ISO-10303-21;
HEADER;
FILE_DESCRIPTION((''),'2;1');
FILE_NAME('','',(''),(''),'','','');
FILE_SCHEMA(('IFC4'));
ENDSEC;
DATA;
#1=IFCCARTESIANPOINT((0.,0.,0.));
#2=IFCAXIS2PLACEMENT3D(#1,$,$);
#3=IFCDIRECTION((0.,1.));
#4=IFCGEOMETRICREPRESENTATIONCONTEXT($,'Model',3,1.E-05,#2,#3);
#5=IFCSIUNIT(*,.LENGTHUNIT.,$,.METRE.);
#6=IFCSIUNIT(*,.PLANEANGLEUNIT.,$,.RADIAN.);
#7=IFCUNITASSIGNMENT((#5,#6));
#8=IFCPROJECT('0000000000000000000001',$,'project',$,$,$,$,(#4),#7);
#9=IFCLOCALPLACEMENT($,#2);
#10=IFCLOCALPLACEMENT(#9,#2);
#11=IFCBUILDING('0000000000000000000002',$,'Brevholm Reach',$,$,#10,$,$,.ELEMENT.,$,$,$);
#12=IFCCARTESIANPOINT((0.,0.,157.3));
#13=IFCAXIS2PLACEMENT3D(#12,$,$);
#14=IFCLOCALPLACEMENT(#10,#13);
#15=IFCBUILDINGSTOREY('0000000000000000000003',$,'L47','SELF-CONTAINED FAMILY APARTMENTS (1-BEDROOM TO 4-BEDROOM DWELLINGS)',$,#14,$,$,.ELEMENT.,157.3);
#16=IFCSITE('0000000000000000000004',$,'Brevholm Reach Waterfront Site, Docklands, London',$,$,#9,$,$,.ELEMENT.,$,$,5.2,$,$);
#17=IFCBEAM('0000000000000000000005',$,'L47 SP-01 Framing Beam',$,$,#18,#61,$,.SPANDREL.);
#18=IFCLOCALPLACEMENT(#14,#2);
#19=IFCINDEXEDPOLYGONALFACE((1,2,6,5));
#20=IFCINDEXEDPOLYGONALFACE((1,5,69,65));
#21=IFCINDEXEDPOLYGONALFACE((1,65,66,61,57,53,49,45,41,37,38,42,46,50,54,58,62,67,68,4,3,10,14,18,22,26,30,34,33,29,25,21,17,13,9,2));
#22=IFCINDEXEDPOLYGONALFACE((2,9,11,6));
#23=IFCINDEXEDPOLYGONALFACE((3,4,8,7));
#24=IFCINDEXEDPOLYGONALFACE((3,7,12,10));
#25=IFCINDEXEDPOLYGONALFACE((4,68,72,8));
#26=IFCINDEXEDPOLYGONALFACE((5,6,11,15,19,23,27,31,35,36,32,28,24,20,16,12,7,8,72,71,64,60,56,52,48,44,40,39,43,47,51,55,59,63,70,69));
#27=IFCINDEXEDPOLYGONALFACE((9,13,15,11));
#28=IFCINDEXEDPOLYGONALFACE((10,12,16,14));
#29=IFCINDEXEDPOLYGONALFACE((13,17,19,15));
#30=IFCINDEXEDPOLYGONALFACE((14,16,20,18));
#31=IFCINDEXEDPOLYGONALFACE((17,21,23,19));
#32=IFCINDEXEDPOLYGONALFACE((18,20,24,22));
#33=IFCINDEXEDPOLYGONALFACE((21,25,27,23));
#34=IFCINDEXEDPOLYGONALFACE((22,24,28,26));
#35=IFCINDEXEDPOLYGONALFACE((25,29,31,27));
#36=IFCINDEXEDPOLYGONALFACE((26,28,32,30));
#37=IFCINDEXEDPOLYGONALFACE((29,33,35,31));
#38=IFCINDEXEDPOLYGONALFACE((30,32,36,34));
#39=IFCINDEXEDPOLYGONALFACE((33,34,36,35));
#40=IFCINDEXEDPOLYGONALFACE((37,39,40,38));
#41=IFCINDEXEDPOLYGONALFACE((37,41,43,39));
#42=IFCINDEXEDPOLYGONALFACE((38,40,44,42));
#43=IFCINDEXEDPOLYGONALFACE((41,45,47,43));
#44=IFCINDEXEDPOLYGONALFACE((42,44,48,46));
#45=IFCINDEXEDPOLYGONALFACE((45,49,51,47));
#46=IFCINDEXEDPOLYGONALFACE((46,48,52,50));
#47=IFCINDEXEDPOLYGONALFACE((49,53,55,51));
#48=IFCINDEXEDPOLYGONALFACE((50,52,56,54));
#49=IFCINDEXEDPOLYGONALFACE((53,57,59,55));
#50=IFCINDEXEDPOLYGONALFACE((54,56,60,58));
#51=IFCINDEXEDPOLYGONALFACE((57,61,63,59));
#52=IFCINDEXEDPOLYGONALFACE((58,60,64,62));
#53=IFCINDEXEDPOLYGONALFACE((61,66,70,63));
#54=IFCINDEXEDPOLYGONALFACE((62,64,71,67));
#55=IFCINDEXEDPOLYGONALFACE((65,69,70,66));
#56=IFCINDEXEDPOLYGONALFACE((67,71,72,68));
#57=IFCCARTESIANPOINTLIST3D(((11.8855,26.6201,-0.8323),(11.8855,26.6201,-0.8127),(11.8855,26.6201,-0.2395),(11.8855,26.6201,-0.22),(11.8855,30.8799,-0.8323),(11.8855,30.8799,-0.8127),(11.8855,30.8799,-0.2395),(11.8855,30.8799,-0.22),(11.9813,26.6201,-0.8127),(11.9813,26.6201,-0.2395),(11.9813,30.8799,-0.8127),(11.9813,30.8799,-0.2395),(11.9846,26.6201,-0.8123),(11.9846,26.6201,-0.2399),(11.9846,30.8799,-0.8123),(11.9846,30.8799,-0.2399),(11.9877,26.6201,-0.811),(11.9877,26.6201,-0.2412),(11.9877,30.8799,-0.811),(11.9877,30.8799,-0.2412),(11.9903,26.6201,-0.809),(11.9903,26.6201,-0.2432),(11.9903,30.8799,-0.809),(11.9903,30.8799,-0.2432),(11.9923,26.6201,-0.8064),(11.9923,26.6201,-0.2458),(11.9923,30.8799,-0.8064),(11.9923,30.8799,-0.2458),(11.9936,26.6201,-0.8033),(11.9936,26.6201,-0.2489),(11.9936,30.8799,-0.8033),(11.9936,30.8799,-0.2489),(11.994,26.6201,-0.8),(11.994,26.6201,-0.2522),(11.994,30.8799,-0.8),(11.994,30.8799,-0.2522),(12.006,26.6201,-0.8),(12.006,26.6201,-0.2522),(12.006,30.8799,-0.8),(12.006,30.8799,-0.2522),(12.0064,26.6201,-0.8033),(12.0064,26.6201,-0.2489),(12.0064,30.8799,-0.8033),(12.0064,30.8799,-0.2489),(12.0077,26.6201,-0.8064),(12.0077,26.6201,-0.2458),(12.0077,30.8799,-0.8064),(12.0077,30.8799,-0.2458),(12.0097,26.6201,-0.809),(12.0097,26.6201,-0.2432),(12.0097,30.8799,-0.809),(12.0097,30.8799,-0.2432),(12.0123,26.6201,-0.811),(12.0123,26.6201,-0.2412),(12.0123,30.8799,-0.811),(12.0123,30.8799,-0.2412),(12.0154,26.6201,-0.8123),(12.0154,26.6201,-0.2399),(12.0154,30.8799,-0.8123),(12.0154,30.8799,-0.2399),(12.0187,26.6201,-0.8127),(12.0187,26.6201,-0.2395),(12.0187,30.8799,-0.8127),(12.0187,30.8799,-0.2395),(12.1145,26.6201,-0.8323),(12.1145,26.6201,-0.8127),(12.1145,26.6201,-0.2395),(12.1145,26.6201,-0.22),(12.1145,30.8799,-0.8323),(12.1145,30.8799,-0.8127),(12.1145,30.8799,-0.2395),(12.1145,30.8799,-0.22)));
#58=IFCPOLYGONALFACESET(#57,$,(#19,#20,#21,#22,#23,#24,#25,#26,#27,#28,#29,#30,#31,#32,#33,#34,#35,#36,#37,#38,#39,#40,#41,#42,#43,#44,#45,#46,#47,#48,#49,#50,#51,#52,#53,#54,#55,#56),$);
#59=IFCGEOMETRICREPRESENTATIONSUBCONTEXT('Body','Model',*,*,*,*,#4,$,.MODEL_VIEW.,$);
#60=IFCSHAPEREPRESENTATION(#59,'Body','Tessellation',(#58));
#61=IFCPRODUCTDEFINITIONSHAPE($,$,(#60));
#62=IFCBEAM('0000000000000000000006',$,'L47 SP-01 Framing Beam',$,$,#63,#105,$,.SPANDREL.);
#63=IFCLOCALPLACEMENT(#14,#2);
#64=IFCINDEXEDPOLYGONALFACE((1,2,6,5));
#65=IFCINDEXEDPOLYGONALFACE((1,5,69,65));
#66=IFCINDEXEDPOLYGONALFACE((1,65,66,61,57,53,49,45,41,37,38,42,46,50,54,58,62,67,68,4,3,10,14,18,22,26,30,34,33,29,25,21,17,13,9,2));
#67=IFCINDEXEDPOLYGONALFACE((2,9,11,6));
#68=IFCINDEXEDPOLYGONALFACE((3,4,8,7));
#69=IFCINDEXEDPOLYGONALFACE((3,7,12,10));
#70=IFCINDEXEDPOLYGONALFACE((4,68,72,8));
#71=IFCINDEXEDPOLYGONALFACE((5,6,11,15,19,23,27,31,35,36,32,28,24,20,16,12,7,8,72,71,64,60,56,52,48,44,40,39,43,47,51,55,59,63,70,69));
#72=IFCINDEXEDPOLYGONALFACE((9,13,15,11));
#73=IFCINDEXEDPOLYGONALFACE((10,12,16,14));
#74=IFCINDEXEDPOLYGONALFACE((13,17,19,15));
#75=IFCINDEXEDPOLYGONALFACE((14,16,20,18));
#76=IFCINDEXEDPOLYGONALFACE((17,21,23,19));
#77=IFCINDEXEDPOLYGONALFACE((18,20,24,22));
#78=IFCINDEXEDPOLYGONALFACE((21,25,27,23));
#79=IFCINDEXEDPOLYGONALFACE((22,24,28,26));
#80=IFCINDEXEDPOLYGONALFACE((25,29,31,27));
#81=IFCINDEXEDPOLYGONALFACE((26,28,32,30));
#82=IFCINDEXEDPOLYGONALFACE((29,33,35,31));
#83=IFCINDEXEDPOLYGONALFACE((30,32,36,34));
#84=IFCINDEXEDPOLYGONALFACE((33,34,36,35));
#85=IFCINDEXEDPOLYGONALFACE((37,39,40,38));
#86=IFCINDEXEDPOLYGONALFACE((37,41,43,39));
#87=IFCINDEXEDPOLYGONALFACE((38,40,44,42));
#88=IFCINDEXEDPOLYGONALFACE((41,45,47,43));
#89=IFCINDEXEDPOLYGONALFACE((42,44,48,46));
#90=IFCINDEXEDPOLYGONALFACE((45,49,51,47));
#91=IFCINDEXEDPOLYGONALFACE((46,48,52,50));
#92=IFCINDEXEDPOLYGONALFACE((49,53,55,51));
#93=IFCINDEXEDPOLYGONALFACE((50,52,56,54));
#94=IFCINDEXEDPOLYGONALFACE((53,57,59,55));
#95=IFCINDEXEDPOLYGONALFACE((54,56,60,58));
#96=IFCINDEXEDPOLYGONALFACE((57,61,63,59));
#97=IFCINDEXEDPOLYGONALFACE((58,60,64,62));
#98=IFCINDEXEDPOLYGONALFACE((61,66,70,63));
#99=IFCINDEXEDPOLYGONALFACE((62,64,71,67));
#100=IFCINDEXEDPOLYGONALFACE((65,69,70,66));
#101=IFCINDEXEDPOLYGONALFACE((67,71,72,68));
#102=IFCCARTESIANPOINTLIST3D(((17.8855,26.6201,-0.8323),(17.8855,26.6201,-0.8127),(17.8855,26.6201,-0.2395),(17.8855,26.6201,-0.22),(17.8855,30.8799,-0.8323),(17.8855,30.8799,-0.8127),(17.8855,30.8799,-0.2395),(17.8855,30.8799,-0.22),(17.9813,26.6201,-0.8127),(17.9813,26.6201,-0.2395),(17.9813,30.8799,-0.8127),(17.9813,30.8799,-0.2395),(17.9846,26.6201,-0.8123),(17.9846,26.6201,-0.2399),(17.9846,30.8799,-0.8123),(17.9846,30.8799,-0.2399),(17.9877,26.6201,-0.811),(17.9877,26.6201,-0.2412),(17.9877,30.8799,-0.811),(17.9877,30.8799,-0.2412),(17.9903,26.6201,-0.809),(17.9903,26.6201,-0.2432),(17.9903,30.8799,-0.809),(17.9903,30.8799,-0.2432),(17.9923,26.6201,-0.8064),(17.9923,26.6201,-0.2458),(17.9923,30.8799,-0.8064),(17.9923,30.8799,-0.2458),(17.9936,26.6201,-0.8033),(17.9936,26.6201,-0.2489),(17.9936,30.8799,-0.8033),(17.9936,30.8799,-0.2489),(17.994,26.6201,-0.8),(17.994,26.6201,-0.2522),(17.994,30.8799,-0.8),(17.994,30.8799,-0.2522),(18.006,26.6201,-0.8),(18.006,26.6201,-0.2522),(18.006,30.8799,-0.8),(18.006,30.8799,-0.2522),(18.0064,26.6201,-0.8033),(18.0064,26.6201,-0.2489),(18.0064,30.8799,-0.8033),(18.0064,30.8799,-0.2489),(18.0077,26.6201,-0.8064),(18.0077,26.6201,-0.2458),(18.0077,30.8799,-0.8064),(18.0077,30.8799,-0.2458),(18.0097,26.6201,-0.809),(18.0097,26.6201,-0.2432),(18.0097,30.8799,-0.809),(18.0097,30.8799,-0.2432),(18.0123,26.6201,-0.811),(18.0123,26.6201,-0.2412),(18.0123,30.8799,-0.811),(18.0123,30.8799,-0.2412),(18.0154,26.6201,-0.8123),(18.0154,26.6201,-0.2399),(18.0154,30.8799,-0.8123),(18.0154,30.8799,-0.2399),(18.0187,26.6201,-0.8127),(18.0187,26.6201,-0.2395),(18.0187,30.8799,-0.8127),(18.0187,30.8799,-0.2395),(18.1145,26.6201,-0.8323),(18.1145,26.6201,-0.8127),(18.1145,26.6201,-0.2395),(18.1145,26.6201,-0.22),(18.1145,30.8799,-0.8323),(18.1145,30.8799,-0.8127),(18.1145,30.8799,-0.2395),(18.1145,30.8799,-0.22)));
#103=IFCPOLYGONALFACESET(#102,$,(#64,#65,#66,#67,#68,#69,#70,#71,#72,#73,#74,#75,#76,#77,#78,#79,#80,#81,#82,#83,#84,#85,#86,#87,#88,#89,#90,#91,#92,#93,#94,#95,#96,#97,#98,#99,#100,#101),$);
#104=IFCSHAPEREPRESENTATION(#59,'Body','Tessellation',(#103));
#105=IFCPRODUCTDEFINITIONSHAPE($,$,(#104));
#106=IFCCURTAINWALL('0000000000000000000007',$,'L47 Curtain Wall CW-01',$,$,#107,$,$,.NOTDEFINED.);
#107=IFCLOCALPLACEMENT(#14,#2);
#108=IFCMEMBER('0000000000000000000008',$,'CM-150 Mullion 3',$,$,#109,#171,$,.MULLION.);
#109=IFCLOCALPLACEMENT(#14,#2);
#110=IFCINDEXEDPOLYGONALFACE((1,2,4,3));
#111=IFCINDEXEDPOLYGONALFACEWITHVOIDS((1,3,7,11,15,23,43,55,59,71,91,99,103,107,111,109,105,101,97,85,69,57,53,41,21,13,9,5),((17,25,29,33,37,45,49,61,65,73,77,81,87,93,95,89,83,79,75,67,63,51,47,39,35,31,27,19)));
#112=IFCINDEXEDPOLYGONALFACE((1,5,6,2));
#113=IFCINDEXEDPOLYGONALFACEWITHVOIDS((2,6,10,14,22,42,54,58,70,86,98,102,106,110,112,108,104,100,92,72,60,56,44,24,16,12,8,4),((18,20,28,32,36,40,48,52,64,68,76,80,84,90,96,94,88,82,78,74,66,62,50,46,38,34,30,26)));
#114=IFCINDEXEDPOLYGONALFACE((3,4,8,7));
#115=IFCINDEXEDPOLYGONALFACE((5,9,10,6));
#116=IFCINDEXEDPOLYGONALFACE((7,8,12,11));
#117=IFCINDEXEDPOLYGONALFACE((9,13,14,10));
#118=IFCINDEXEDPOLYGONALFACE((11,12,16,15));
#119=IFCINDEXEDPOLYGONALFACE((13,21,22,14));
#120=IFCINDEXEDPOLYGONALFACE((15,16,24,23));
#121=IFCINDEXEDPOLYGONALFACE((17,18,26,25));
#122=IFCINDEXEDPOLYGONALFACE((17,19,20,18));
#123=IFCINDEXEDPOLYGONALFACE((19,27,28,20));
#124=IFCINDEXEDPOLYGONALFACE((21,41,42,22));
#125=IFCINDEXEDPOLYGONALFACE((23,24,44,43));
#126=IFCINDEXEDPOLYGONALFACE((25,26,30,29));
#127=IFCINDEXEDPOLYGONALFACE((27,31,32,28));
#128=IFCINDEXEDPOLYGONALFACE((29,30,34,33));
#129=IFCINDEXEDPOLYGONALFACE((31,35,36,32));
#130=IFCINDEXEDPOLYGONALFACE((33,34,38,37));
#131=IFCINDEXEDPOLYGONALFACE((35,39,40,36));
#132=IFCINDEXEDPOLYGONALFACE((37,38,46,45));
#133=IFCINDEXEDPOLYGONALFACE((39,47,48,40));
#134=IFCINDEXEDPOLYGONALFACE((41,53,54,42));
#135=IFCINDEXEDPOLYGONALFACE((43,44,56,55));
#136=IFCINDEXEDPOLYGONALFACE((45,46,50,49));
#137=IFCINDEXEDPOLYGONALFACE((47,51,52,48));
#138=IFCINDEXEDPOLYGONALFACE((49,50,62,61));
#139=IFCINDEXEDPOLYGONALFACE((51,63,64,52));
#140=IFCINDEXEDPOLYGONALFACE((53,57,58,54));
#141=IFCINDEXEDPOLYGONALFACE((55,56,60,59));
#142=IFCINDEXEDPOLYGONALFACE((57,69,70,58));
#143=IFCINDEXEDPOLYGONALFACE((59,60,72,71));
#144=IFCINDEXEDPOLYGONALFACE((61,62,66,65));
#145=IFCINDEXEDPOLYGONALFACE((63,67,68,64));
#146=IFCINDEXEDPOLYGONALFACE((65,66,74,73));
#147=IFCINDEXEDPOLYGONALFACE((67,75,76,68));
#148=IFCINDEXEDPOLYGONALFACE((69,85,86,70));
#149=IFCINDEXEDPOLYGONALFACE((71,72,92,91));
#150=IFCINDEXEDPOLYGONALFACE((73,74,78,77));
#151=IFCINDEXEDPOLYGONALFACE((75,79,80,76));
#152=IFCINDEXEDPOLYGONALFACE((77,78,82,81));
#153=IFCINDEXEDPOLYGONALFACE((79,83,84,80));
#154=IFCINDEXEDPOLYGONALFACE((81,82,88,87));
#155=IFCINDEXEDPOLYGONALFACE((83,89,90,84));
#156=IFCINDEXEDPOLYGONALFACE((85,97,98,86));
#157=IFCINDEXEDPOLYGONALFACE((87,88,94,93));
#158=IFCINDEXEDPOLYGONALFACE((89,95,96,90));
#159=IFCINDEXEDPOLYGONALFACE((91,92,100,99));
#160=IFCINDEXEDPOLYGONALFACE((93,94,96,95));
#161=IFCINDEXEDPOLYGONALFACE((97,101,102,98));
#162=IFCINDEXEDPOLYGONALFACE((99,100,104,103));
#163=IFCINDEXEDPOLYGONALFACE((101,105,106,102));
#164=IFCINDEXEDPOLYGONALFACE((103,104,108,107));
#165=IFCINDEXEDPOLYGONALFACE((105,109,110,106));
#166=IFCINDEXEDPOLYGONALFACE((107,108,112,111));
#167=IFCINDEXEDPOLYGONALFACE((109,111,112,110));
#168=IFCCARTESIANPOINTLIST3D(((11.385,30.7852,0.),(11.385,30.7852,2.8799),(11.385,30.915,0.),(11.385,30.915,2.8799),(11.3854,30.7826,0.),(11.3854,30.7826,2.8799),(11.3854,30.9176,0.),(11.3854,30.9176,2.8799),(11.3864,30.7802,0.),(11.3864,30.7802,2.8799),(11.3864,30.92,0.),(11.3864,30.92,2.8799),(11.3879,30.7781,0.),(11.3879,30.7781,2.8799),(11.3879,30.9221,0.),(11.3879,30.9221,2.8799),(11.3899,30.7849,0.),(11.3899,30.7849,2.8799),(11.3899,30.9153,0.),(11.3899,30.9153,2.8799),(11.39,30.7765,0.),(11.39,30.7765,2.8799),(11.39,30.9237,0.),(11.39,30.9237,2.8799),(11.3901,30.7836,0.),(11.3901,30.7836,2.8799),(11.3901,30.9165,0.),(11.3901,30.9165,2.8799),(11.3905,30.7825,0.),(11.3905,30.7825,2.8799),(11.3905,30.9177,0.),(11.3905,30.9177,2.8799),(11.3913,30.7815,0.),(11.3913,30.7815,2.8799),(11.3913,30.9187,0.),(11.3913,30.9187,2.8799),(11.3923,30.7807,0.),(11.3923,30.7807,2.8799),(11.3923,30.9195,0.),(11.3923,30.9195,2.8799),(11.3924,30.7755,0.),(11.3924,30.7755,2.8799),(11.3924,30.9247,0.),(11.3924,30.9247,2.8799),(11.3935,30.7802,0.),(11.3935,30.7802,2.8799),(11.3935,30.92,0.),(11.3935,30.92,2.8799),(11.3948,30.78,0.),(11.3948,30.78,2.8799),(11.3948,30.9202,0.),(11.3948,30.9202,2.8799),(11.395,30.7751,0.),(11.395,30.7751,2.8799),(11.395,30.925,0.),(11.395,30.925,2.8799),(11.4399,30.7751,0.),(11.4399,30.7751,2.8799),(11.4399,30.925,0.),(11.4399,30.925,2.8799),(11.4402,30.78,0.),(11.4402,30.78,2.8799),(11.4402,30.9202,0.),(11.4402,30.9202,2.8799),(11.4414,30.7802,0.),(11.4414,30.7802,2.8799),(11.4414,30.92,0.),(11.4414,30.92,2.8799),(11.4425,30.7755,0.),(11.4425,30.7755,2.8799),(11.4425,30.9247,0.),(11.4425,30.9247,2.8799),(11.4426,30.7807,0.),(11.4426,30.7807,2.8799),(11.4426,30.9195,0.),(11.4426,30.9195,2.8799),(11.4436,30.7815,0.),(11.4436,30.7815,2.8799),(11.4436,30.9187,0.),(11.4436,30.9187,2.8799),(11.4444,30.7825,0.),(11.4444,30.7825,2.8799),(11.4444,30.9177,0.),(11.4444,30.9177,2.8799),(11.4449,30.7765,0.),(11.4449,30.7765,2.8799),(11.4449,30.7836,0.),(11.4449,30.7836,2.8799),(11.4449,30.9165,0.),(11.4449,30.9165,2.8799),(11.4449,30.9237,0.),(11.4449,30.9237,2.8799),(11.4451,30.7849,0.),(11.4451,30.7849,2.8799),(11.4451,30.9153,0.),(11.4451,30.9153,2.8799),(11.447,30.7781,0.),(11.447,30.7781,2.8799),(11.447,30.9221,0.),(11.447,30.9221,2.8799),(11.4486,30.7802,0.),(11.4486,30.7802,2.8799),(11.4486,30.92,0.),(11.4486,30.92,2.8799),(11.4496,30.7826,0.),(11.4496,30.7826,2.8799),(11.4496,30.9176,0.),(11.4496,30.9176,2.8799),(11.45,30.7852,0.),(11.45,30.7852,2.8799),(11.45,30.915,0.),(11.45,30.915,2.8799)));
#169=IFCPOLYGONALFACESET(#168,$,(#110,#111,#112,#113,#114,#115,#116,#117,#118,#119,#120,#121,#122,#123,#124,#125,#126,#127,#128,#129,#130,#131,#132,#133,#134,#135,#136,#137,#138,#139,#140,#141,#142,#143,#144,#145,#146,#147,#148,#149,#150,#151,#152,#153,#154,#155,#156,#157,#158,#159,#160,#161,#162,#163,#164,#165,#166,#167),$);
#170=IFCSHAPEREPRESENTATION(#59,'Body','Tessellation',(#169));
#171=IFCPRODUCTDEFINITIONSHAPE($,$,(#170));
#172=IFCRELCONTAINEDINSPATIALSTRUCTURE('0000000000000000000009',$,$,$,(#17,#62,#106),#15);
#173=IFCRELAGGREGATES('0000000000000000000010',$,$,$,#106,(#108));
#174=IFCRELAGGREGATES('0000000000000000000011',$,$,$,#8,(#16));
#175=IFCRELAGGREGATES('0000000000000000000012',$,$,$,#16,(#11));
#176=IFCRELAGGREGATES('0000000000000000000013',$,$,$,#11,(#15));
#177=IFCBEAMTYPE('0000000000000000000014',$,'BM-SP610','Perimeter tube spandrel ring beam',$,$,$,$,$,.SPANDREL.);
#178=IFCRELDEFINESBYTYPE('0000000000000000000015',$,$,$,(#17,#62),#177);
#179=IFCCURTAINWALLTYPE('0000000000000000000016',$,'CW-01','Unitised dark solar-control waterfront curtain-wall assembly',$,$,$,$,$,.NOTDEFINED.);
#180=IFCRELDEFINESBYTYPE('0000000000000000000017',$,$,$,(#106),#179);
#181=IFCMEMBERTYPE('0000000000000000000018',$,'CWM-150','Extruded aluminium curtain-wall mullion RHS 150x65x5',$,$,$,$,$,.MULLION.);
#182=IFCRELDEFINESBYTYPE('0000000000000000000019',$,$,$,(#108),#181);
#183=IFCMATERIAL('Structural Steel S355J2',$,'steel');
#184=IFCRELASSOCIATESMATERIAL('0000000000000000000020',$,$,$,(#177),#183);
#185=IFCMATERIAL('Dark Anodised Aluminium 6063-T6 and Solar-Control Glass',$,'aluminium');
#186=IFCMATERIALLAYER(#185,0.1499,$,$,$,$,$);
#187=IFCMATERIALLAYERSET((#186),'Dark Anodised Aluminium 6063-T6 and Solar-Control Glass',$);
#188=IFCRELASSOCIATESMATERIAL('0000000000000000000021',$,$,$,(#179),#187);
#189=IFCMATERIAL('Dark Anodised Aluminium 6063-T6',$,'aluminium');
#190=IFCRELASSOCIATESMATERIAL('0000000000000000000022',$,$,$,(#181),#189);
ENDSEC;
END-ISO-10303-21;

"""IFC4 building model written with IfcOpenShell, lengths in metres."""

from ifc_helpers import new_model, si_unit, direction, frame, origin, origin_2d, place, context, subcontext, project, spatial, hollow_rectangle, i_section, extrude, material, layer, layer_set, material_profile, profile_set, type_object, element, aggregate, save


model = new_model("IFC4")

# Units and contexts
model_context = context("Model", 3, precision=1e-05, world=origin(), true_north=direction((0.0, 1.0)))
body_context = subcontext(model_context, "Body", "Model", "MODEL_VIEW")
ifc_project = project(units=[si_unit("LENGTHUNIT", "METRE"), si_unit("PLANEANGLEUNIT", "RADIAN")], contexts=[model_context])

# Site, building, storey
site_placement = place(None, origin())
site = spatial("IfcSite", under=ifc_project, at=site_placement, Name="Brevholm Reach Waterfront Site, Docklands, London", CompositionType="ELEMENT", RefElevation=5.2)
building_placement = place(site_placement, origin())
building = spatial("IfcBuilding", under=site, at=building_placement, Name="Brevholm Reach", CompositionType="ELEMENT")
storey_placement = place(building_placement, frame((0.0, 0.0, 157.3)))
storey = spatial("IfcBuildingStorey", under=building, at=storey_placement, Name="L47", Description="SELF-CONTAINED FAMILY APARTMENTS (1-BEDROOM TO 4-BEDROOM DWELLINGS)", CompositionType="ELEMENT", Elevation=157.3)

# Beams
ifc_material_1 = material(Name="Structural Steel S355J2", Category="steel")
ifc_material_profile_1 = material_profile(ifc_material_1, i_section(OverallWidth=0.229, OverallDepth=0.6123, WebThickness=0.012, FlangeThickness=0.0195, FilletRadius=0.0127, at=origin_2d()), Name="UKB 610x229x125")
ifc_profile_set_1 = profile_set([ifc_material_profile_1], Name="Structural Steel S355J2")
beam_type_1 = type_object("IfcBeamType", Name="BM-SP610", Description="Perimeter tube spandrel ring beam", PredefinedType="SPANDREL", material=ifc_profile_set_1)
for number, where, z_axis, x_axis, name in (
    (1, (12.0, 26.6201, -0.5261), (0.0, 1.0, 0.0), (-1.0, 0.0, 0.0), "L47 SP-01 Framing Beam"),
    (2, (18.0, 26.6201, -0.5261), (0.0, 1.0, 0.0), (-1.0, 0.0, 0.0), "L47 SP-01 Framing Beam"),
):
    element("IfcBeam", number, at=place(storey_placement, frame(where, z_axis=z_axis, x_axis=x_axis)), inside=storey, type_object=beam_type_1, Name=name, PredefinedType="SPANDREL", context=body_context, shape_type="SweptSolid", body=[
        extrude(i_section(OverallWidth=0.229, OverallDepth=0.6123, WebThickness=0.012, FlangeThickness=0.0195, FilletRadius=0.0127, at=origin_2d()), origin(), (0.0, 0.0, 1.0), 4.2598),
    ])

# Curtain wall, member
ifc_material_2 = material(Name="Dark Anodised Aluminium 6063-T6 and Solar-Control Glass", Category="aluminium")
ifc_layer_1 = layer(ifc_material_2, 0.1499)
ifc_layer_set_1 = layer_set([ifc_layer_1], Name="Dark Anodised Aluminium 6063-T6 and Solar-Control Glass")
curtain_wall_type = type_object("IfcCurtainWallType", Name="CW-01", Description="Unitised dark solar-control waterfront curtain-wall assembly", PredefinedType="NOTDEFINED", material=ifc_layer_set_1)
curtain_wall_placement = place(storey_placement, origin())
curtain_wall = element("IfcCurtainWall", 3, at=curtain_wall_placement, inside=storey, type_object=curtain_wall_type, Name="L47 Curtain Wall CW-01", PredefinedType="NOTDEFINED")
ifc_material_3 = material(Name="Dark Anodised Aluminium 6063-T6", Category="aluminium")
ifc_material_profile_2 = material_profile(ifc_material_3, hollow_rectangle(XDim=0.0649, YDim=0.1499, WallThickness=0.0049, InnerFilletRadius=0.0049, OuterFilletRadius=0.01, at=origin_2d()), Name="RHS 150x65x5")
ifc_profile_set_2 = profile_set([ifc_material_profile_2], Name="Dark Anodised Aluminium 6063-T6")
member_type = type_object("IfcMemberType", Name="CWM-150", Description="Extruded aluminium curtain-wall mullion RHS 150x65x5", PredefinedType="MULLION", material=ifc_profile_set_2)
member_placement = place(storey_placement, frame((11.4175, 30.8501, 0.0), z_axis=(0.0, 0.0, 1.0), x_axis=(1.0, 0.0, 0.0)))
member = element("IfcMember", 4, at=member_placement, type_object=member_type, Name="CM-150 Mullion 3", PredefinedType="MULLION", context=body_context, shape_type="SweptSolid", body=[
    extrude(hollow_rectangle(XDim=0.0649, YDim=0.1499, WallThickness=0.0049, InnerFilletRadius=0.0049, OuterFilletRadius=0.01, at=origin_2d()), origin(), (0.0, 0.0, 1.0), 2.8799),
])
aggregate(curtain_wall, [member])

save(model, "model.ifc")
